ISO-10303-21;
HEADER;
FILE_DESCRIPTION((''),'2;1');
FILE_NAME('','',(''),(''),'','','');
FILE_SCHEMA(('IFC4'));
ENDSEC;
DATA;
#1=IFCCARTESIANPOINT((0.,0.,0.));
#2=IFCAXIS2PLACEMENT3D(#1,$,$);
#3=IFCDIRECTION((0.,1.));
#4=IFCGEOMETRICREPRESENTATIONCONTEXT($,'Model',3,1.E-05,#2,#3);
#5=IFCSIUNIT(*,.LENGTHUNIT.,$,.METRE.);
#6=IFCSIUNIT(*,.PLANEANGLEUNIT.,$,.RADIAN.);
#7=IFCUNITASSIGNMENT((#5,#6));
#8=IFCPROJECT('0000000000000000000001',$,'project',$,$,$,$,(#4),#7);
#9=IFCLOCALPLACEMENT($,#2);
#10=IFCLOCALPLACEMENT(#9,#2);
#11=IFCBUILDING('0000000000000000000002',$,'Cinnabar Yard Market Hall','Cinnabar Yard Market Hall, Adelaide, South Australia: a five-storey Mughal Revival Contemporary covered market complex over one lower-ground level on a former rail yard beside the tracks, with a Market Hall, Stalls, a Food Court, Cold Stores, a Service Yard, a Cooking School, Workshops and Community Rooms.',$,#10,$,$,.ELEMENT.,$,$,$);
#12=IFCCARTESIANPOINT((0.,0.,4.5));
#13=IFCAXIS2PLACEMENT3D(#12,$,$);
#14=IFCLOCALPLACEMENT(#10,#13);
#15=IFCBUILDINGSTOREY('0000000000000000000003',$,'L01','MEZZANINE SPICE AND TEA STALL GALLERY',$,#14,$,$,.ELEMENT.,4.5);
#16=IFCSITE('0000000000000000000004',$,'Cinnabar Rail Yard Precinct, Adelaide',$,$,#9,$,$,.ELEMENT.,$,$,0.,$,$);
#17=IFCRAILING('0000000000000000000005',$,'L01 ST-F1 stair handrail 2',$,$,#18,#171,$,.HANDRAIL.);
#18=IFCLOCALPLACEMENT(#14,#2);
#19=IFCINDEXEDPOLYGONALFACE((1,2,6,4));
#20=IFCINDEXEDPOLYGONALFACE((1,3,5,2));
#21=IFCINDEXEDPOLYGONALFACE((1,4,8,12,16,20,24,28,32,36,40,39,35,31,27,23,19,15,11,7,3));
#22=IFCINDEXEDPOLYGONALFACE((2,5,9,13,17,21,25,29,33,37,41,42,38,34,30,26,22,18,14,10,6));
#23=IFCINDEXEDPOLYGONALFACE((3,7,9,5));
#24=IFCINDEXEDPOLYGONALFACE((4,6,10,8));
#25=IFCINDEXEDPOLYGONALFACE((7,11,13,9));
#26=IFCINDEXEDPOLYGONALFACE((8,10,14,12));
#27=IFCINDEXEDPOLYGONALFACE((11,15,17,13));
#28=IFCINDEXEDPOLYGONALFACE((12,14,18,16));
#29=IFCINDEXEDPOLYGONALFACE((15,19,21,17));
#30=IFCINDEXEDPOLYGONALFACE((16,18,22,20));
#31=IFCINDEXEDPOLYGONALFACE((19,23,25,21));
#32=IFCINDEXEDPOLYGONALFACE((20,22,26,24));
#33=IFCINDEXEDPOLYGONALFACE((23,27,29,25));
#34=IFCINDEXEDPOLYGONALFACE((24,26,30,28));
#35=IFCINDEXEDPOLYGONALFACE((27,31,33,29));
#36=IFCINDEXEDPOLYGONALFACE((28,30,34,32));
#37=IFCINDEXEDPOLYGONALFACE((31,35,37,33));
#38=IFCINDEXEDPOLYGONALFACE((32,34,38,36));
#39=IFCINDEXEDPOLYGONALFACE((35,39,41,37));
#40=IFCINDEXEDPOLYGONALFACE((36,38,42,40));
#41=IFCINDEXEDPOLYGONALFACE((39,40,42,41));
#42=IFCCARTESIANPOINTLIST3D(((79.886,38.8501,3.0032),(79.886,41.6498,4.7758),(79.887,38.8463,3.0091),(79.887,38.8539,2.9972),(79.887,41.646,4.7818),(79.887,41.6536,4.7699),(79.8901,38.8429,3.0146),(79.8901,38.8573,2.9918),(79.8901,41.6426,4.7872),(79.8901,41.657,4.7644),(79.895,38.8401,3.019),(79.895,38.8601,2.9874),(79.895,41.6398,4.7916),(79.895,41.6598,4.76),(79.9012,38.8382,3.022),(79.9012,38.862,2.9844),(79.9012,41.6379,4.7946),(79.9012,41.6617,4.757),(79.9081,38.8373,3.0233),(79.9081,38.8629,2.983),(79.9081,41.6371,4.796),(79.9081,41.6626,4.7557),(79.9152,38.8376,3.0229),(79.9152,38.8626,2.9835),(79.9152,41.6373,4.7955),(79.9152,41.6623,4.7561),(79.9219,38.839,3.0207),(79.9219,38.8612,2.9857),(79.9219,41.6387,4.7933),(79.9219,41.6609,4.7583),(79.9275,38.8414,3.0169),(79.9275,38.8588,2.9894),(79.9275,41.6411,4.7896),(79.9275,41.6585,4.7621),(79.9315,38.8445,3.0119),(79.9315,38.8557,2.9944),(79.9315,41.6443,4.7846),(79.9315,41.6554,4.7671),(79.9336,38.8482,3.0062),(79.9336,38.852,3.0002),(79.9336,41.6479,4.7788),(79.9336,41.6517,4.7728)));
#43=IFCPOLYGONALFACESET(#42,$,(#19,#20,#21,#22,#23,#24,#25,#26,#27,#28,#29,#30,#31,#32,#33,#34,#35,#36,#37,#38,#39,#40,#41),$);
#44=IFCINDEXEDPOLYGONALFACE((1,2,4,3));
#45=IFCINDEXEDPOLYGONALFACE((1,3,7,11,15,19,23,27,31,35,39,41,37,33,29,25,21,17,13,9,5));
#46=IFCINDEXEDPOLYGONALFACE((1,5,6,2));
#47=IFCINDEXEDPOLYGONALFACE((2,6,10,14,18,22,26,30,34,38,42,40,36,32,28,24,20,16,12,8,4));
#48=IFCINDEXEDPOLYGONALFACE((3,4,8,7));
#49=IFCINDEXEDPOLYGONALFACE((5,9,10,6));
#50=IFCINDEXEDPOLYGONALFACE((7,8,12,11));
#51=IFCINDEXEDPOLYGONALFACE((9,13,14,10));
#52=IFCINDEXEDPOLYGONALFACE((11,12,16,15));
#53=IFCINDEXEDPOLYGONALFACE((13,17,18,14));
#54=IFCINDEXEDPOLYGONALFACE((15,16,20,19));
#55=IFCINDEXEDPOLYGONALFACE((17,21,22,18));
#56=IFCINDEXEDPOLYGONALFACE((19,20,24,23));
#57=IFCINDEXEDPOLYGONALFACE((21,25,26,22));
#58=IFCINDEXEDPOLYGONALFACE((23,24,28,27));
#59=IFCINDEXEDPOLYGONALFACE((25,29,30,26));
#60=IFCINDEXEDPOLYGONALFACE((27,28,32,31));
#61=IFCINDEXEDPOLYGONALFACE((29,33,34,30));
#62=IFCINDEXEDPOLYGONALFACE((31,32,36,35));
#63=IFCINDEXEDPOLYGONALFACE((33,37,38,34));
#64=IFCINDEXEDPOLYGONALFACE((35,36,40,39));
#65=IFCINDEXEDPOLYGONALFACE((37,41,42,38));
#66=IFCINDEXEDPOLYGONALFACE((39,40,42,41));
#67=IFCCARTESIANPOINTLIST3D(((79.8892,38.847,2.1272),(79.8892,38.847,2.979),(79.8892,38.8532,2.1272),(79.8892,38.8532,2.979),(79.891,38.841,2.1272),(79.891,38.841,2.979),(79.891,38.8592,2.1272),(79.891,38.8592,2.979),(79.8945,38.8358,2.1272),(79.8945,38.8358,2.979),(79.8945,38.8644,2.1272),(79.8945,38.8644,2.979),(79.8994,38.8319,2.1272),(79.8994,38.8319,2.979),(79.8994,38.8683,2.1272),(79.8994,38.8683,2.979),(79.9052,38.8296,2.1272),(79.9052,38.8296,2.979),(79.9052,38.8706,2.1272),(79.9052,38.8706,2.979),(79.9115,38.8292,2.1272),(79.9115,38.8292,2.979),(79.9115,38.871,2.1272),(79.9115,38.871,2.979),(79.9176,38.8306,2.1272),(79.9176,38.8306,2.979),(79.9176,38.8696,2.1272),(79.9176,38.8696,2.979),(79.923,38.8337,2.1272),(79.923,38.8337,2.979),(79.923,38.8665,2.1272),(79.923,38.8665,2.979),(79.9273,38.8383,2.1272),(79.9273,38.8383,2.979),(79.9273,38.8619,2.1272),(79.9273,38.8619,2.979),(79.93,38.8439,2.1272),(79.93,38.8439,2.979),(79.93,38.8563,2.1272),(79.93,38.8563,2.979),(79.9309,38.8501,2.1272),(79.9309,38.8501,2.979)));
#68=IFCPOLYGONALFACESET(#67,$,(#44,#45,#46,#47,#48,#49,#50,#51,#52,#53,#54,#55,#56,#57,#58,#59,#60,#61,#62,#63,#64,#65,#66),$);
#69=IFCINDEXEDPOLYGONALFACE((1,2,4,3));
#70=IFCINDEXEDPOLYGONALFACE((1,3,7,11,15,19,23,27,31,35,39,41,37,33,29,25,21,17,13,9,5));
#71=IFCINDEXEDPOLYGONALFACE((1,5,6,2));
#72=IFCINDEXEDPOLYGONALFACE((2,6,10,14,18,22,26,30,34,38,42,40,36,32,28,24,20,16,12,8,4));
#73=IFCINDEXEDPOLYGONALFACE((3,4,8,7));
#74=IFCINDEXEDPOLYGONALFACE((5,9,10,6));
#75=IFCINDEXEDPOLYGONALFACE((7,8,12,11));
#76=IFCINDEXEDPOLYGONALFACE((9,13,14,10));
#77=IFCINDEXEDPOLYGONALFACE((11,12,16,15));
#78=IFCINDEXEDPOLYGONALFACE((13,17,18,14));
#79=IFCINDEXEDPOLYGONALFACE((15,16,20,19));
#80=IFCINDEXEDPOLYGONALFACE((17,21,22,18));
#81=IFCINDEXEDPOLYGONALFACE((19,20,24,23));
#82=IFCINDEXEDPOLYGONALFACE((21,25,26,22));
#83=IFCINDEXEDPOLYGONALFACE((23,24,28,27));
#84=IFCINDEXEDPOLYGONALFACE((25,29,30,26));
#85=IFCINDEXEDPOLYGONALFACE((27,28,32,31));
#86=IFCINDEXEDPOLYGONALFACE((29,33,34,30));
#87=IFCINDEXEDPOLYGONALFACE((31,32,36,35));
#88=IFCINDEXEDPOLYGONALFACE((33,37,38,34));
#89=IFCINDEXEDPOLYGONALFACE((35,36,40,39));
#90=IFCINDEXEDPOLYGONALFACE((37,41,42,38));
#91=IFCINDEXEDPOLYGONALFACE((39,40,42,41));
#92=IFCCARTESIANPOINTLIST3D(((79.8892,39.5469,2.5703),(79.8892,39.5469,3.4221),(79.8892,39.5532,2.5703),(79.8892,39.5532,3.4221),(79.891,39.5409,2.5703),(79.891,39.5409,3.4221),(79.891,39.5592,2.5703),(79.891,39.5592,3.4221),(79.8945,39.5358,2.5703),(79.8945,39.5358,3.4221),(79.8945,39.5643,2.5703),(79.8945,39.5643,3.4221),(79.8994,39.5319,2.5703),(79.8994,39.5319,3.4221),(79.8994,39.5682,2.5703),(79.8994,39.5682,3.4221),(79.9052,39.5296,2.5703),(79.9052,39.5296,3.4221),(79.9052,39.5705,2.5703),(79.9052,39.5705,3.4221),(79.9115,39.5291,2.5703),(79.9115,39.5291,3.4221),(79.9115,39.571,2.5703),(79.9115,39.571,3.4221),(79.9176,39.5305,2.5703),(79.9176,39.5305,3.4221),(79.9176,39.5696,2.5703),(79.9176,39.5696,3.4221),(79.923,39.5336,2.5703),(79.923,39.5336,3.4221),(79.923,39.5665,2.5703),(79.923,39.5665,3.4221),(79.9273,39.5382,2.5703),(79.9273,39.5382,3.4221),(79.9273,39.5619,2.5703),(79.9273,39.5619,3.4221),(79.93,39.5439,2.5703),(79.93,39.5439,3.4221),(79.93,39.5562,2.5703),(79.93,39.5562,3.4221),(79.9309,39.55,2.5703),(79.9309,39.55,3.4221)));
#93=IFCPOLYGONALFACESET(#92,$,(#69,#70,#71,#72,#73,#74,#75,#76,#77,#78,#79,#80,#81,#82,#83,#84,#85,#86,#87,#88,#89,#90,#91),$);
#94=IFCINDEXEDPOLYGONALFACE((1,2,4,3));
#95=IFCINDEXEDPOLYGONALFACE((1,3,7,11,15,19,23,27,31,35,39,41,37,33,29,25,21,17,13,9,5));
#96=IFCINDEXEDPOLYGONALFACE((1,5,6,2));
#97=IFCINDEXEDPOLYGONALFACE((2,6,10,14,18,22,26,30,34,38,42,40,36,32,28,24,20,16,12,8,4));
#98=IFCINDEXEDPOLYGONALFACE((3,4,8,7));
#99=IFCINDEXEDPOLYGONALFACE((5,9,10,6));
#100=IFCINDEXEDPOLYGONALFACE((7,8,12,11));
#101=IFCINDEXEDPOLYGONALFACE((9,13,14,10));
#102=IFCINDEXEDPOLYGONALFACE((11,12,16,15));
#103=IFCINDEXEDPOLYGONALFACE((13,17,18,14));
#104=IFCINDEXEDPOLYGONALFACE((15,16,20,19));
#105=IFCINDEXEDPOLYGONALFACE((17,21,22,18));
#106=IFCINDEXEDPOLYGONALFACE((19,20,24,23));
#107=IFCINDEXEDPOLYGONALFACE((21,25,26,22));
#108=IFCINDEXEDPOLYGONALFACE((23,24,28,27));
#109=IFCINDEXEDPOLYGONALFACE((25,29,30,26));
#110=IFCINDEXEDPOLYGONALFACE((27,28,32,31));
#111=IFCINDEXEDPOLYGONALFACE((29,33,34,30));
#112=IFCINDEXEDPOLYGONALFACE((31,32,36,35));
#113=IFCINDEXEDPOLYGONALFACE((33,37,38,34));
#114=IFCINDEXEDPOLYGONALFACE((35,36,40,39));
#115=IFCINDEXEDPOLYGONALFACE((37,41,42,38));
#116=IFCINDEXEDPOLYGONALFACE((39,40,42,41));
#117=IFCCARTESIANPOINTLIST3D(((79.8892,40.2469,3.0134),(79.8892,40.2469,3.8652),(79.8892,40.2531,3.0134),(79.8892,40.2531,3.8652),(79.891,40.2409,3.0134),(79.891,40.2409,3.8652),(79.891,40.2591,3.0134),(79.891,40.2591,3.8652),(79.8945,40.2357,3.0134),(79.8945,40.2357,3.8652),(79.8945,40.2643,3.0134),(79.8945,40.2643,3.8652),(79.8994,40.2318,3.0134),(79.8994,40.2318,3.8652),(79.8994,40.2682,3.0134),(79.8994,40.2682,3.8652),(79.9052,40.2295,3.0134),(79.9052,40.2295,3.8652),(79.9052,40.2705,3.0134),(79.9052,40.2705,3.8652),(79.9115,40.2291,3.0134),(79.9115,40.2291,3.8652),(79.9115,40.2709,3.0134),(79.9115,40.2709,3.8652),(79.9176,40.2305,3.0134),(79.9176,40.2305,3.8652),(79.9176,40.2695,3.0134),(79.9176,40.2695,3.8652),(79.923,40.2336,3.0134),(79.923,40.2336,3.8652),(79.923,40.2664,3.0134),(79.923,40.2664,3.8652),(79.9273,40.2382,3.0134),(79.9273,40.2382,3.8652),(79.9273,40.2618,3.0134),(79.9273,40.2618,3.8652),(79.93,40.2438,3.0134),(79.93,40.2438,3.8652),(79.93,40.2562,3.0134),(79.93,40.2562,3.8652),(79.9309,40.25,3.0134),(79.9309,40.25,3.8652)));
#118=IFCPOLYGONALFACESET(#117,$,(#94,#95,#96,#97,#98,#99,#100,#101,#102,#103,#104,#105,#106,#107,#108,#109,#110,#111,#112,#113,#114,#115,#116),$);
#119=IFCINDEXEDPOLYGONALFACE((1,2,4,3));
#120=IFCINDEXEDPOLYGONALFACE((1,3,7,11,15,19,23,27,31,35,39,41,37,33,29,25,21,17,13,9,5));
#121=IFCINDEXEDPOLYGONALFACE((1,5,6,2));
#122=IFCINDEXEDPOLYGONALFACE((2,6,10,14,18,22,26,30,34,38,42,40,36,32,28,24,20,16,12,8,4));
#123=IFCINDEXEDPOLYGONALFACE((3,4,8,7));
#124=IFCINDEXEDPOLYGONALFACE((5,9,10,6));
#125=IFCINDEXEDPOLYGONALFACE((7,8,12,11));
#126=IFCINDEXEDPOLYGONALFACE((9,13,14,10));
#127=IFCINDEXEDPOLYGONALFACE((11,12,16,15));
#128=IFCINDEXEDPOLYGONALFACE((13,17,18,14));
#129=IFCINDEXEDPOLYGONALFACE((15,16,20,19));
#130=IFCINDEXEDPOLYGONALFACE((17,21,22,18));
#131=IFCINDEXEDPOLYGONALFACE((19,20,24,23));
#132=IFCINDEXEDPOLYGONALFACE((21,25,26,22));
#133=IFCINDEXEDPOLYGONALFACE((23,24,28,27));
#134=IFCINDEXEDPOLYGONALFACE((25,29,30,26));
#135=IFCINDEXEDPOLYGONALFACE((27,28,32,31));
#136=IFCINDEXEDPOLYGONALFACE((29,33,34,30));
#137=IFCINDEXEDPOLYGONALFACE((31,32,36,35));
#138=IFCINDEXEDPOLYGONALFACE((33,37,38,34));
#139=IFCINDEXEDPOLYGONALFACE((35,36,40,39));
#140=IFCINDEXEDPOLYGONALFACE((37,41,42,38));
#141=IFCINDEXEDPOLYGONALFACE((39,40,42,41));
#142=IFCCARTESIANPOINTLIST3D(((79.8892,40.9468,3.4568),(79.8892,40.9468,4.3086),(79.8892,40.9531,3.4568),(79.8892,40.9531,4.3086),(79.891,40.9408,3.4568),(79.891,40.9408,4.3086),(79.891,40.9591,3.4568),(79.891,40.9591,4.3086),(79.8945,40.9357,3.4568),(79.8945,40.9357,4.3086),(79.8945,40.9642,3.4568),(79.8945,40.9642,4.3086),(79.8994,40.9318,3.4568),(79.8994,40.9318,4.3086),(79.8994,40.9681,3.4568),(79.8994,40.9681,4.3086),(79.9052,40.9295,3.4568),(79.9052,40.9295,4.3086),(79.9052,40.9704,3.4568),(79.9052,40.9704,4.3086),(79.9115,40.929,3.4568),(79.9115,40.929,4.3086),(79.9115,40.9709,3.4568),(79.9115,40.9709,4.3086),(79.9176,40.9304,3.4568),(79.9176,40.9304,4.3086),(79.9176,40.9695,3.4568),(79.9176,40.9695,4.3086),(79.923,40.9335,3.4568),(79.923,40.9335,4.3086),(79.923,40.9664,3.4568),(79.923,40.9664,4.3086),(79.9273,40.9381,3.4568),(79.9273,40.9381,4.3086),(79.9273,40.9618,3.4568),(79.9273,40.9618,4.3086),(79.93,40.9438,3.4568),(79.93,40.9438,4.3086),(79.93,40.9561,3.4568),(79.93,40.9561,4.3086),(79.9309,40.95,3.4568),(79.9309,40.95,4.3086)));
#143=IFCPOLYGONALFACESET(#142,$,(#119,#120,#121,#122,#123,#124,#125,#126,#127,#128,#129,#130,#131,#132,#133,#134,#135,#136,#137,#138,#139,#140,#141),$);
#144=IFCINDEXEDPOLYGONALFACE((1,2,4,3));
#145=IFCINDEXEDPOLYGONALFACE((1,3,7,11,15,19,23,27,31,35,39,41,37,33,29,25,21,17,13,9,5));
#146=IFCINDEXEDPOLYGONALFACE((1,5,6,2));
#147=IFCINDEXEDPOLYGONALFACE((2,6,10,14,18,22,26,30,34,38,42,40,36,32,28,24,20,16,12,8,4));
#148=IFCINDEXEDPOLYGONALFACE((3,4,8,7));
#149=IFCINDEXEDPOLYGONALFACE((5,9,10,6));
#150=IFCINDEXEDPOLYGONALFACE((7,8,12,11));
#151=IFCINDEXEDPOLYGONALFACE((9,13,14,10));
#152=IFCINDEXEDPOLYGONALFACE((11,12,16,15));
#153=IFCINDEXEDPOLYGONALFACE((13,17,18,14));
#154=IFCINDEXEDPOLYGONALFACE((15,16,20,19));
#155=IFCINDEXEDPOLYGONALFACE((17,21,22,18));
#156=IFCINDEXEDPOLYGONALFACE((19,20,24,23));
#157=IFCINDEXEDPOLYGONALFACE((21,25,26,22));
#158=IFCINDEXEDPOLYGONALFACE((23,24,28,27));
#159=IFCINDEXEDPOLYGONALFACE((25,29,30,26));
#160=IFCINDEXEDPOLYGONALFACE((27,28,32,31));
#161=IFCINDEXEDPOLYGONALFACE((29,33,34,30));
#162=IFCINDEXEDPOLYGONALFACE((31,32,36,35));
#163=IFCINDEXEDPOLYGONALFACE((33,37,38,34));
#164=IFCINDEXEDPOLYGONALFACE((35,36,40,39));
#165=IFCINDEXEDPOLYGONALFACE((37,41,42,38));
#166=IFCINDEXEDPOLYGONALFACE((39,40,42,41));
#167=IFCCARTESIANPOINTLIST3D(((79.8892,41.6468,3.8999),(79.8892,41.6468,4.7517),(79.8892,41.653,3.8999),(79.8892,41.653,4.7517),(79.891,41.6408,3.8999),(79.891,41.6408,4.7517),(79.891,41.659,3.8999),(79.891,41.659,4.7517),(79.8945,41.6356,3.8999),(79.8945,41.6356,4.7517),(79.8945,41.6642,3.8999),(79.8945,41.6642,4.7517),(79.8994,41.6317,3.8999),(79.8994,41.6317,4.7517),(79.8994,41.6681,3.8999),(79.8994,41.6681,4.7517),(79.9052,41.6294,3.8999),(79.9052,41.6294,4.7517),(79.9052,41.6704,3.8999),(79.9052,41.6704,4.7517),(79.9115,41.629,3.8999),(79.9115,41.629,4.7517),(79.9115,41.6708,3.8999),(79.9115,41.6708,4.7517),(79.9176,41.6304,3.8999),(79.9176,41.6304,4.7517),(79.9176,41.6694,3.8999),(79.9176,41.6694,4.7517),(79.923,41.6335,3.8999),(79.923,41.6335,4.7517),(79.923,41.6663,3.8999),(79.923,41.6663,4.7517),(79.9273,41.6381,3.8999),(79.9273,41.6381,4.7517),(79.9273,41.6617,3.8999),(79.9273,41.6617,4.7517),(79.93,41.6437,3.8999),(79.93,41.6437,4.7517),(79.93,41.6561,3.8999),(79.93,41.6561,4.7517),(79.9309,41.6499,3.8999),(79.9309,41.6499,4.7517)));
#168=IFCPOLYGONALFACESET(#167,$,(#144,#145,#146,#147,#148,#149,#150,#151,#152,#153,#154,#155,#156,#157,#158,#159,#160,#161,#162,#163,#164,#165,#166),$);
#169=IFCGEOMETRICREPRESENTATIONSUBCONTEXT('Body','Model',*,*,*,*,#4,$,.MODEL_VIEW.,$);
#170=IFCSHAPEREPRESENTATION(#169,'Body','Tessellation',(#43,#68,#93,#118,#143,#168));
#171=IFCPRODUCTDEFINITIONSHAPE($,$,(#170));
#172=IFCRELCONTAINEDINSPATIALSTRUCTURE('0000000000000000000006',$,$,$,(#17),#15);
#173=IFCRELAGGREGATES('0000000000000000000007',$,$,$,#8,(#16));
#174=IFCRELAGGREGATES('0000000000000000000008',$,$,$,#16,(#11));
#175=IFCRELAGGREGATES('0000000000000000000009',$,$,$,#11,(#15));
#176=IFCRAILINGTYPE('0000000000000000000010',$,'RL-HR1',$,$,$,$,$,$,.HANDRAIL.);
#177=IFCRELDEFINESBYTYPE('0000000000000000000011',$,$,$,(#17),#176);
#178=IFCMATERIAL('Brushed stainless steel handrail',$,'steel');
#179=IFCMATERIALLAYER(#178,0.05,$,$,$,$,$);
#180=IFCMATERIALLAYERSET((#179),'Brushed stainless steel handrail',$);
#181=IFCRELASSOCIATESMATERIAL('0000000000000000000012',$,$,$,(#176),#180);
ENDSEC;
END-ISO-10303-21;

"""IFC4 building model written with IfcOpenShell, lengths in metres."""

from ifc_helpers import new_model, si_unit, direction, frame, origin, origin_2d_with_axis, place, context, subcontext, project, spatial, circle, extrude, material, layer, layer_set, type_object, element, save


model = new_model("IFC4")

# Units and contexts
model_context = context("Model", 3, precision=1e-05, world=origin(), true_north=direction((0.0, 1.0)))
body_context = subcontext(model_context, "Body", "Model", "MODEL_VIEW")
ifc_project = project(units=[si_unit("LENGTHUNIT", "METRE"), si_unit("PLANEANGLEUNIT", "RADIAN")], contexts=[model_context])

# Site, building, storey
site_placement = place(None, origin())
site = spatial("IfcSite", under=ifc_project, at=site_placement, Name="Cinnabar Rail Yard Precinct, Adelaide", CompositionType="ELEMENT", RefElevation=0.0)
building_placement = place(site_placement, origin())
building = spatial("IfcBuilding", under=site, at=building_placement, Name="Cinnabar Yard Market Hall", Description="Cinnabar Yard Market Hall, Adelaide, South Australia: a five-storey Mughal Revival Contemporary covered market complex over one lower-ground level on a former rail yard beside the tracks, with a Market Hall, Stalls, a Food Court, Cold Stores, a Service Yard, a Cooking School, Workshops and Community Rooms.", CompositionType="ELEMENT")
storey_placement = place(building_placement, frame((0.0, 0.0, 4.5)))
storey = spatial("IfcBuildingStorey", under=building, at=storey_placement, Name="L01", Description="MEZZANINE SPICE AND TEA STALL GALLERY", CompositionType="ELEMENT", Elevation=4.5)

# Railing
ifc_material_1 = material(Name="Brushed stainless steel handrail", Category="steel")
ifc_layer_1 = layer(ifc_material_1, 0.05)
ifc_layer_set_1 = layer_set([ifc_layer_1], Name="Brushed stainless steel handrail")
railing_type_1 = type_object("IfcRailingType", Name="RL-HR1", PredefinedType="HANDRAIL", material=ifc_layer_set_1)
railing_1_placement = place(storey_placement, frame((79.9099, 38.8501, 2.1272)))
element("IfcRailing", 1, at=railing_1_placement, inside=storey, type_object=railing_type_1, Name="L01 ST-F1 stair handrail 2", PredefinedType="HANDRAIL", context=body_context, shape_type="SweptSolid", body=[
    extrude(circle(Radius=0.0239, at=origin_2d_with_axis()), frame((0.0, 0.0, 0.876), z_axis=(0.0, 0.844888, 0.534943), x_axis=(-1.0, 0.0, 0.0)), (0.0, 0.0, 1.0), 3.3137),
    extrude(circle(Radius=0.021, at=origin_2d_with_axis()), origin(), (0.0, 0.0, 1.0), 0.8518),
    extrude(circle(Radius=0.021, at=origin_2d_with_axis()), frame((0.0, 0.7, 0.4431)), (0.0, 0.0, 1.0), 0.8518),
    extrude(circle(Radius=0.021, at=origin_2d_with_axis()), frame((0.0, 1.3999, 0.8862)), (0.0, 0.0, 1.0), 0.8518),
    extrude(circle(Radius=0.021, at=origin_2d_with_axis()), frame((0.0, 2.0999, 1.3296)), (0.0, 0.0, 1.0), 0.8518),
    extrude(circle(Radius=0.021, at=origin_2d_with_axis()), frame((0.0, 2.7998, 1.7727)), (0.0, 0.0, 1.0), 0.8518),
])

save(model, "model.ifc")
